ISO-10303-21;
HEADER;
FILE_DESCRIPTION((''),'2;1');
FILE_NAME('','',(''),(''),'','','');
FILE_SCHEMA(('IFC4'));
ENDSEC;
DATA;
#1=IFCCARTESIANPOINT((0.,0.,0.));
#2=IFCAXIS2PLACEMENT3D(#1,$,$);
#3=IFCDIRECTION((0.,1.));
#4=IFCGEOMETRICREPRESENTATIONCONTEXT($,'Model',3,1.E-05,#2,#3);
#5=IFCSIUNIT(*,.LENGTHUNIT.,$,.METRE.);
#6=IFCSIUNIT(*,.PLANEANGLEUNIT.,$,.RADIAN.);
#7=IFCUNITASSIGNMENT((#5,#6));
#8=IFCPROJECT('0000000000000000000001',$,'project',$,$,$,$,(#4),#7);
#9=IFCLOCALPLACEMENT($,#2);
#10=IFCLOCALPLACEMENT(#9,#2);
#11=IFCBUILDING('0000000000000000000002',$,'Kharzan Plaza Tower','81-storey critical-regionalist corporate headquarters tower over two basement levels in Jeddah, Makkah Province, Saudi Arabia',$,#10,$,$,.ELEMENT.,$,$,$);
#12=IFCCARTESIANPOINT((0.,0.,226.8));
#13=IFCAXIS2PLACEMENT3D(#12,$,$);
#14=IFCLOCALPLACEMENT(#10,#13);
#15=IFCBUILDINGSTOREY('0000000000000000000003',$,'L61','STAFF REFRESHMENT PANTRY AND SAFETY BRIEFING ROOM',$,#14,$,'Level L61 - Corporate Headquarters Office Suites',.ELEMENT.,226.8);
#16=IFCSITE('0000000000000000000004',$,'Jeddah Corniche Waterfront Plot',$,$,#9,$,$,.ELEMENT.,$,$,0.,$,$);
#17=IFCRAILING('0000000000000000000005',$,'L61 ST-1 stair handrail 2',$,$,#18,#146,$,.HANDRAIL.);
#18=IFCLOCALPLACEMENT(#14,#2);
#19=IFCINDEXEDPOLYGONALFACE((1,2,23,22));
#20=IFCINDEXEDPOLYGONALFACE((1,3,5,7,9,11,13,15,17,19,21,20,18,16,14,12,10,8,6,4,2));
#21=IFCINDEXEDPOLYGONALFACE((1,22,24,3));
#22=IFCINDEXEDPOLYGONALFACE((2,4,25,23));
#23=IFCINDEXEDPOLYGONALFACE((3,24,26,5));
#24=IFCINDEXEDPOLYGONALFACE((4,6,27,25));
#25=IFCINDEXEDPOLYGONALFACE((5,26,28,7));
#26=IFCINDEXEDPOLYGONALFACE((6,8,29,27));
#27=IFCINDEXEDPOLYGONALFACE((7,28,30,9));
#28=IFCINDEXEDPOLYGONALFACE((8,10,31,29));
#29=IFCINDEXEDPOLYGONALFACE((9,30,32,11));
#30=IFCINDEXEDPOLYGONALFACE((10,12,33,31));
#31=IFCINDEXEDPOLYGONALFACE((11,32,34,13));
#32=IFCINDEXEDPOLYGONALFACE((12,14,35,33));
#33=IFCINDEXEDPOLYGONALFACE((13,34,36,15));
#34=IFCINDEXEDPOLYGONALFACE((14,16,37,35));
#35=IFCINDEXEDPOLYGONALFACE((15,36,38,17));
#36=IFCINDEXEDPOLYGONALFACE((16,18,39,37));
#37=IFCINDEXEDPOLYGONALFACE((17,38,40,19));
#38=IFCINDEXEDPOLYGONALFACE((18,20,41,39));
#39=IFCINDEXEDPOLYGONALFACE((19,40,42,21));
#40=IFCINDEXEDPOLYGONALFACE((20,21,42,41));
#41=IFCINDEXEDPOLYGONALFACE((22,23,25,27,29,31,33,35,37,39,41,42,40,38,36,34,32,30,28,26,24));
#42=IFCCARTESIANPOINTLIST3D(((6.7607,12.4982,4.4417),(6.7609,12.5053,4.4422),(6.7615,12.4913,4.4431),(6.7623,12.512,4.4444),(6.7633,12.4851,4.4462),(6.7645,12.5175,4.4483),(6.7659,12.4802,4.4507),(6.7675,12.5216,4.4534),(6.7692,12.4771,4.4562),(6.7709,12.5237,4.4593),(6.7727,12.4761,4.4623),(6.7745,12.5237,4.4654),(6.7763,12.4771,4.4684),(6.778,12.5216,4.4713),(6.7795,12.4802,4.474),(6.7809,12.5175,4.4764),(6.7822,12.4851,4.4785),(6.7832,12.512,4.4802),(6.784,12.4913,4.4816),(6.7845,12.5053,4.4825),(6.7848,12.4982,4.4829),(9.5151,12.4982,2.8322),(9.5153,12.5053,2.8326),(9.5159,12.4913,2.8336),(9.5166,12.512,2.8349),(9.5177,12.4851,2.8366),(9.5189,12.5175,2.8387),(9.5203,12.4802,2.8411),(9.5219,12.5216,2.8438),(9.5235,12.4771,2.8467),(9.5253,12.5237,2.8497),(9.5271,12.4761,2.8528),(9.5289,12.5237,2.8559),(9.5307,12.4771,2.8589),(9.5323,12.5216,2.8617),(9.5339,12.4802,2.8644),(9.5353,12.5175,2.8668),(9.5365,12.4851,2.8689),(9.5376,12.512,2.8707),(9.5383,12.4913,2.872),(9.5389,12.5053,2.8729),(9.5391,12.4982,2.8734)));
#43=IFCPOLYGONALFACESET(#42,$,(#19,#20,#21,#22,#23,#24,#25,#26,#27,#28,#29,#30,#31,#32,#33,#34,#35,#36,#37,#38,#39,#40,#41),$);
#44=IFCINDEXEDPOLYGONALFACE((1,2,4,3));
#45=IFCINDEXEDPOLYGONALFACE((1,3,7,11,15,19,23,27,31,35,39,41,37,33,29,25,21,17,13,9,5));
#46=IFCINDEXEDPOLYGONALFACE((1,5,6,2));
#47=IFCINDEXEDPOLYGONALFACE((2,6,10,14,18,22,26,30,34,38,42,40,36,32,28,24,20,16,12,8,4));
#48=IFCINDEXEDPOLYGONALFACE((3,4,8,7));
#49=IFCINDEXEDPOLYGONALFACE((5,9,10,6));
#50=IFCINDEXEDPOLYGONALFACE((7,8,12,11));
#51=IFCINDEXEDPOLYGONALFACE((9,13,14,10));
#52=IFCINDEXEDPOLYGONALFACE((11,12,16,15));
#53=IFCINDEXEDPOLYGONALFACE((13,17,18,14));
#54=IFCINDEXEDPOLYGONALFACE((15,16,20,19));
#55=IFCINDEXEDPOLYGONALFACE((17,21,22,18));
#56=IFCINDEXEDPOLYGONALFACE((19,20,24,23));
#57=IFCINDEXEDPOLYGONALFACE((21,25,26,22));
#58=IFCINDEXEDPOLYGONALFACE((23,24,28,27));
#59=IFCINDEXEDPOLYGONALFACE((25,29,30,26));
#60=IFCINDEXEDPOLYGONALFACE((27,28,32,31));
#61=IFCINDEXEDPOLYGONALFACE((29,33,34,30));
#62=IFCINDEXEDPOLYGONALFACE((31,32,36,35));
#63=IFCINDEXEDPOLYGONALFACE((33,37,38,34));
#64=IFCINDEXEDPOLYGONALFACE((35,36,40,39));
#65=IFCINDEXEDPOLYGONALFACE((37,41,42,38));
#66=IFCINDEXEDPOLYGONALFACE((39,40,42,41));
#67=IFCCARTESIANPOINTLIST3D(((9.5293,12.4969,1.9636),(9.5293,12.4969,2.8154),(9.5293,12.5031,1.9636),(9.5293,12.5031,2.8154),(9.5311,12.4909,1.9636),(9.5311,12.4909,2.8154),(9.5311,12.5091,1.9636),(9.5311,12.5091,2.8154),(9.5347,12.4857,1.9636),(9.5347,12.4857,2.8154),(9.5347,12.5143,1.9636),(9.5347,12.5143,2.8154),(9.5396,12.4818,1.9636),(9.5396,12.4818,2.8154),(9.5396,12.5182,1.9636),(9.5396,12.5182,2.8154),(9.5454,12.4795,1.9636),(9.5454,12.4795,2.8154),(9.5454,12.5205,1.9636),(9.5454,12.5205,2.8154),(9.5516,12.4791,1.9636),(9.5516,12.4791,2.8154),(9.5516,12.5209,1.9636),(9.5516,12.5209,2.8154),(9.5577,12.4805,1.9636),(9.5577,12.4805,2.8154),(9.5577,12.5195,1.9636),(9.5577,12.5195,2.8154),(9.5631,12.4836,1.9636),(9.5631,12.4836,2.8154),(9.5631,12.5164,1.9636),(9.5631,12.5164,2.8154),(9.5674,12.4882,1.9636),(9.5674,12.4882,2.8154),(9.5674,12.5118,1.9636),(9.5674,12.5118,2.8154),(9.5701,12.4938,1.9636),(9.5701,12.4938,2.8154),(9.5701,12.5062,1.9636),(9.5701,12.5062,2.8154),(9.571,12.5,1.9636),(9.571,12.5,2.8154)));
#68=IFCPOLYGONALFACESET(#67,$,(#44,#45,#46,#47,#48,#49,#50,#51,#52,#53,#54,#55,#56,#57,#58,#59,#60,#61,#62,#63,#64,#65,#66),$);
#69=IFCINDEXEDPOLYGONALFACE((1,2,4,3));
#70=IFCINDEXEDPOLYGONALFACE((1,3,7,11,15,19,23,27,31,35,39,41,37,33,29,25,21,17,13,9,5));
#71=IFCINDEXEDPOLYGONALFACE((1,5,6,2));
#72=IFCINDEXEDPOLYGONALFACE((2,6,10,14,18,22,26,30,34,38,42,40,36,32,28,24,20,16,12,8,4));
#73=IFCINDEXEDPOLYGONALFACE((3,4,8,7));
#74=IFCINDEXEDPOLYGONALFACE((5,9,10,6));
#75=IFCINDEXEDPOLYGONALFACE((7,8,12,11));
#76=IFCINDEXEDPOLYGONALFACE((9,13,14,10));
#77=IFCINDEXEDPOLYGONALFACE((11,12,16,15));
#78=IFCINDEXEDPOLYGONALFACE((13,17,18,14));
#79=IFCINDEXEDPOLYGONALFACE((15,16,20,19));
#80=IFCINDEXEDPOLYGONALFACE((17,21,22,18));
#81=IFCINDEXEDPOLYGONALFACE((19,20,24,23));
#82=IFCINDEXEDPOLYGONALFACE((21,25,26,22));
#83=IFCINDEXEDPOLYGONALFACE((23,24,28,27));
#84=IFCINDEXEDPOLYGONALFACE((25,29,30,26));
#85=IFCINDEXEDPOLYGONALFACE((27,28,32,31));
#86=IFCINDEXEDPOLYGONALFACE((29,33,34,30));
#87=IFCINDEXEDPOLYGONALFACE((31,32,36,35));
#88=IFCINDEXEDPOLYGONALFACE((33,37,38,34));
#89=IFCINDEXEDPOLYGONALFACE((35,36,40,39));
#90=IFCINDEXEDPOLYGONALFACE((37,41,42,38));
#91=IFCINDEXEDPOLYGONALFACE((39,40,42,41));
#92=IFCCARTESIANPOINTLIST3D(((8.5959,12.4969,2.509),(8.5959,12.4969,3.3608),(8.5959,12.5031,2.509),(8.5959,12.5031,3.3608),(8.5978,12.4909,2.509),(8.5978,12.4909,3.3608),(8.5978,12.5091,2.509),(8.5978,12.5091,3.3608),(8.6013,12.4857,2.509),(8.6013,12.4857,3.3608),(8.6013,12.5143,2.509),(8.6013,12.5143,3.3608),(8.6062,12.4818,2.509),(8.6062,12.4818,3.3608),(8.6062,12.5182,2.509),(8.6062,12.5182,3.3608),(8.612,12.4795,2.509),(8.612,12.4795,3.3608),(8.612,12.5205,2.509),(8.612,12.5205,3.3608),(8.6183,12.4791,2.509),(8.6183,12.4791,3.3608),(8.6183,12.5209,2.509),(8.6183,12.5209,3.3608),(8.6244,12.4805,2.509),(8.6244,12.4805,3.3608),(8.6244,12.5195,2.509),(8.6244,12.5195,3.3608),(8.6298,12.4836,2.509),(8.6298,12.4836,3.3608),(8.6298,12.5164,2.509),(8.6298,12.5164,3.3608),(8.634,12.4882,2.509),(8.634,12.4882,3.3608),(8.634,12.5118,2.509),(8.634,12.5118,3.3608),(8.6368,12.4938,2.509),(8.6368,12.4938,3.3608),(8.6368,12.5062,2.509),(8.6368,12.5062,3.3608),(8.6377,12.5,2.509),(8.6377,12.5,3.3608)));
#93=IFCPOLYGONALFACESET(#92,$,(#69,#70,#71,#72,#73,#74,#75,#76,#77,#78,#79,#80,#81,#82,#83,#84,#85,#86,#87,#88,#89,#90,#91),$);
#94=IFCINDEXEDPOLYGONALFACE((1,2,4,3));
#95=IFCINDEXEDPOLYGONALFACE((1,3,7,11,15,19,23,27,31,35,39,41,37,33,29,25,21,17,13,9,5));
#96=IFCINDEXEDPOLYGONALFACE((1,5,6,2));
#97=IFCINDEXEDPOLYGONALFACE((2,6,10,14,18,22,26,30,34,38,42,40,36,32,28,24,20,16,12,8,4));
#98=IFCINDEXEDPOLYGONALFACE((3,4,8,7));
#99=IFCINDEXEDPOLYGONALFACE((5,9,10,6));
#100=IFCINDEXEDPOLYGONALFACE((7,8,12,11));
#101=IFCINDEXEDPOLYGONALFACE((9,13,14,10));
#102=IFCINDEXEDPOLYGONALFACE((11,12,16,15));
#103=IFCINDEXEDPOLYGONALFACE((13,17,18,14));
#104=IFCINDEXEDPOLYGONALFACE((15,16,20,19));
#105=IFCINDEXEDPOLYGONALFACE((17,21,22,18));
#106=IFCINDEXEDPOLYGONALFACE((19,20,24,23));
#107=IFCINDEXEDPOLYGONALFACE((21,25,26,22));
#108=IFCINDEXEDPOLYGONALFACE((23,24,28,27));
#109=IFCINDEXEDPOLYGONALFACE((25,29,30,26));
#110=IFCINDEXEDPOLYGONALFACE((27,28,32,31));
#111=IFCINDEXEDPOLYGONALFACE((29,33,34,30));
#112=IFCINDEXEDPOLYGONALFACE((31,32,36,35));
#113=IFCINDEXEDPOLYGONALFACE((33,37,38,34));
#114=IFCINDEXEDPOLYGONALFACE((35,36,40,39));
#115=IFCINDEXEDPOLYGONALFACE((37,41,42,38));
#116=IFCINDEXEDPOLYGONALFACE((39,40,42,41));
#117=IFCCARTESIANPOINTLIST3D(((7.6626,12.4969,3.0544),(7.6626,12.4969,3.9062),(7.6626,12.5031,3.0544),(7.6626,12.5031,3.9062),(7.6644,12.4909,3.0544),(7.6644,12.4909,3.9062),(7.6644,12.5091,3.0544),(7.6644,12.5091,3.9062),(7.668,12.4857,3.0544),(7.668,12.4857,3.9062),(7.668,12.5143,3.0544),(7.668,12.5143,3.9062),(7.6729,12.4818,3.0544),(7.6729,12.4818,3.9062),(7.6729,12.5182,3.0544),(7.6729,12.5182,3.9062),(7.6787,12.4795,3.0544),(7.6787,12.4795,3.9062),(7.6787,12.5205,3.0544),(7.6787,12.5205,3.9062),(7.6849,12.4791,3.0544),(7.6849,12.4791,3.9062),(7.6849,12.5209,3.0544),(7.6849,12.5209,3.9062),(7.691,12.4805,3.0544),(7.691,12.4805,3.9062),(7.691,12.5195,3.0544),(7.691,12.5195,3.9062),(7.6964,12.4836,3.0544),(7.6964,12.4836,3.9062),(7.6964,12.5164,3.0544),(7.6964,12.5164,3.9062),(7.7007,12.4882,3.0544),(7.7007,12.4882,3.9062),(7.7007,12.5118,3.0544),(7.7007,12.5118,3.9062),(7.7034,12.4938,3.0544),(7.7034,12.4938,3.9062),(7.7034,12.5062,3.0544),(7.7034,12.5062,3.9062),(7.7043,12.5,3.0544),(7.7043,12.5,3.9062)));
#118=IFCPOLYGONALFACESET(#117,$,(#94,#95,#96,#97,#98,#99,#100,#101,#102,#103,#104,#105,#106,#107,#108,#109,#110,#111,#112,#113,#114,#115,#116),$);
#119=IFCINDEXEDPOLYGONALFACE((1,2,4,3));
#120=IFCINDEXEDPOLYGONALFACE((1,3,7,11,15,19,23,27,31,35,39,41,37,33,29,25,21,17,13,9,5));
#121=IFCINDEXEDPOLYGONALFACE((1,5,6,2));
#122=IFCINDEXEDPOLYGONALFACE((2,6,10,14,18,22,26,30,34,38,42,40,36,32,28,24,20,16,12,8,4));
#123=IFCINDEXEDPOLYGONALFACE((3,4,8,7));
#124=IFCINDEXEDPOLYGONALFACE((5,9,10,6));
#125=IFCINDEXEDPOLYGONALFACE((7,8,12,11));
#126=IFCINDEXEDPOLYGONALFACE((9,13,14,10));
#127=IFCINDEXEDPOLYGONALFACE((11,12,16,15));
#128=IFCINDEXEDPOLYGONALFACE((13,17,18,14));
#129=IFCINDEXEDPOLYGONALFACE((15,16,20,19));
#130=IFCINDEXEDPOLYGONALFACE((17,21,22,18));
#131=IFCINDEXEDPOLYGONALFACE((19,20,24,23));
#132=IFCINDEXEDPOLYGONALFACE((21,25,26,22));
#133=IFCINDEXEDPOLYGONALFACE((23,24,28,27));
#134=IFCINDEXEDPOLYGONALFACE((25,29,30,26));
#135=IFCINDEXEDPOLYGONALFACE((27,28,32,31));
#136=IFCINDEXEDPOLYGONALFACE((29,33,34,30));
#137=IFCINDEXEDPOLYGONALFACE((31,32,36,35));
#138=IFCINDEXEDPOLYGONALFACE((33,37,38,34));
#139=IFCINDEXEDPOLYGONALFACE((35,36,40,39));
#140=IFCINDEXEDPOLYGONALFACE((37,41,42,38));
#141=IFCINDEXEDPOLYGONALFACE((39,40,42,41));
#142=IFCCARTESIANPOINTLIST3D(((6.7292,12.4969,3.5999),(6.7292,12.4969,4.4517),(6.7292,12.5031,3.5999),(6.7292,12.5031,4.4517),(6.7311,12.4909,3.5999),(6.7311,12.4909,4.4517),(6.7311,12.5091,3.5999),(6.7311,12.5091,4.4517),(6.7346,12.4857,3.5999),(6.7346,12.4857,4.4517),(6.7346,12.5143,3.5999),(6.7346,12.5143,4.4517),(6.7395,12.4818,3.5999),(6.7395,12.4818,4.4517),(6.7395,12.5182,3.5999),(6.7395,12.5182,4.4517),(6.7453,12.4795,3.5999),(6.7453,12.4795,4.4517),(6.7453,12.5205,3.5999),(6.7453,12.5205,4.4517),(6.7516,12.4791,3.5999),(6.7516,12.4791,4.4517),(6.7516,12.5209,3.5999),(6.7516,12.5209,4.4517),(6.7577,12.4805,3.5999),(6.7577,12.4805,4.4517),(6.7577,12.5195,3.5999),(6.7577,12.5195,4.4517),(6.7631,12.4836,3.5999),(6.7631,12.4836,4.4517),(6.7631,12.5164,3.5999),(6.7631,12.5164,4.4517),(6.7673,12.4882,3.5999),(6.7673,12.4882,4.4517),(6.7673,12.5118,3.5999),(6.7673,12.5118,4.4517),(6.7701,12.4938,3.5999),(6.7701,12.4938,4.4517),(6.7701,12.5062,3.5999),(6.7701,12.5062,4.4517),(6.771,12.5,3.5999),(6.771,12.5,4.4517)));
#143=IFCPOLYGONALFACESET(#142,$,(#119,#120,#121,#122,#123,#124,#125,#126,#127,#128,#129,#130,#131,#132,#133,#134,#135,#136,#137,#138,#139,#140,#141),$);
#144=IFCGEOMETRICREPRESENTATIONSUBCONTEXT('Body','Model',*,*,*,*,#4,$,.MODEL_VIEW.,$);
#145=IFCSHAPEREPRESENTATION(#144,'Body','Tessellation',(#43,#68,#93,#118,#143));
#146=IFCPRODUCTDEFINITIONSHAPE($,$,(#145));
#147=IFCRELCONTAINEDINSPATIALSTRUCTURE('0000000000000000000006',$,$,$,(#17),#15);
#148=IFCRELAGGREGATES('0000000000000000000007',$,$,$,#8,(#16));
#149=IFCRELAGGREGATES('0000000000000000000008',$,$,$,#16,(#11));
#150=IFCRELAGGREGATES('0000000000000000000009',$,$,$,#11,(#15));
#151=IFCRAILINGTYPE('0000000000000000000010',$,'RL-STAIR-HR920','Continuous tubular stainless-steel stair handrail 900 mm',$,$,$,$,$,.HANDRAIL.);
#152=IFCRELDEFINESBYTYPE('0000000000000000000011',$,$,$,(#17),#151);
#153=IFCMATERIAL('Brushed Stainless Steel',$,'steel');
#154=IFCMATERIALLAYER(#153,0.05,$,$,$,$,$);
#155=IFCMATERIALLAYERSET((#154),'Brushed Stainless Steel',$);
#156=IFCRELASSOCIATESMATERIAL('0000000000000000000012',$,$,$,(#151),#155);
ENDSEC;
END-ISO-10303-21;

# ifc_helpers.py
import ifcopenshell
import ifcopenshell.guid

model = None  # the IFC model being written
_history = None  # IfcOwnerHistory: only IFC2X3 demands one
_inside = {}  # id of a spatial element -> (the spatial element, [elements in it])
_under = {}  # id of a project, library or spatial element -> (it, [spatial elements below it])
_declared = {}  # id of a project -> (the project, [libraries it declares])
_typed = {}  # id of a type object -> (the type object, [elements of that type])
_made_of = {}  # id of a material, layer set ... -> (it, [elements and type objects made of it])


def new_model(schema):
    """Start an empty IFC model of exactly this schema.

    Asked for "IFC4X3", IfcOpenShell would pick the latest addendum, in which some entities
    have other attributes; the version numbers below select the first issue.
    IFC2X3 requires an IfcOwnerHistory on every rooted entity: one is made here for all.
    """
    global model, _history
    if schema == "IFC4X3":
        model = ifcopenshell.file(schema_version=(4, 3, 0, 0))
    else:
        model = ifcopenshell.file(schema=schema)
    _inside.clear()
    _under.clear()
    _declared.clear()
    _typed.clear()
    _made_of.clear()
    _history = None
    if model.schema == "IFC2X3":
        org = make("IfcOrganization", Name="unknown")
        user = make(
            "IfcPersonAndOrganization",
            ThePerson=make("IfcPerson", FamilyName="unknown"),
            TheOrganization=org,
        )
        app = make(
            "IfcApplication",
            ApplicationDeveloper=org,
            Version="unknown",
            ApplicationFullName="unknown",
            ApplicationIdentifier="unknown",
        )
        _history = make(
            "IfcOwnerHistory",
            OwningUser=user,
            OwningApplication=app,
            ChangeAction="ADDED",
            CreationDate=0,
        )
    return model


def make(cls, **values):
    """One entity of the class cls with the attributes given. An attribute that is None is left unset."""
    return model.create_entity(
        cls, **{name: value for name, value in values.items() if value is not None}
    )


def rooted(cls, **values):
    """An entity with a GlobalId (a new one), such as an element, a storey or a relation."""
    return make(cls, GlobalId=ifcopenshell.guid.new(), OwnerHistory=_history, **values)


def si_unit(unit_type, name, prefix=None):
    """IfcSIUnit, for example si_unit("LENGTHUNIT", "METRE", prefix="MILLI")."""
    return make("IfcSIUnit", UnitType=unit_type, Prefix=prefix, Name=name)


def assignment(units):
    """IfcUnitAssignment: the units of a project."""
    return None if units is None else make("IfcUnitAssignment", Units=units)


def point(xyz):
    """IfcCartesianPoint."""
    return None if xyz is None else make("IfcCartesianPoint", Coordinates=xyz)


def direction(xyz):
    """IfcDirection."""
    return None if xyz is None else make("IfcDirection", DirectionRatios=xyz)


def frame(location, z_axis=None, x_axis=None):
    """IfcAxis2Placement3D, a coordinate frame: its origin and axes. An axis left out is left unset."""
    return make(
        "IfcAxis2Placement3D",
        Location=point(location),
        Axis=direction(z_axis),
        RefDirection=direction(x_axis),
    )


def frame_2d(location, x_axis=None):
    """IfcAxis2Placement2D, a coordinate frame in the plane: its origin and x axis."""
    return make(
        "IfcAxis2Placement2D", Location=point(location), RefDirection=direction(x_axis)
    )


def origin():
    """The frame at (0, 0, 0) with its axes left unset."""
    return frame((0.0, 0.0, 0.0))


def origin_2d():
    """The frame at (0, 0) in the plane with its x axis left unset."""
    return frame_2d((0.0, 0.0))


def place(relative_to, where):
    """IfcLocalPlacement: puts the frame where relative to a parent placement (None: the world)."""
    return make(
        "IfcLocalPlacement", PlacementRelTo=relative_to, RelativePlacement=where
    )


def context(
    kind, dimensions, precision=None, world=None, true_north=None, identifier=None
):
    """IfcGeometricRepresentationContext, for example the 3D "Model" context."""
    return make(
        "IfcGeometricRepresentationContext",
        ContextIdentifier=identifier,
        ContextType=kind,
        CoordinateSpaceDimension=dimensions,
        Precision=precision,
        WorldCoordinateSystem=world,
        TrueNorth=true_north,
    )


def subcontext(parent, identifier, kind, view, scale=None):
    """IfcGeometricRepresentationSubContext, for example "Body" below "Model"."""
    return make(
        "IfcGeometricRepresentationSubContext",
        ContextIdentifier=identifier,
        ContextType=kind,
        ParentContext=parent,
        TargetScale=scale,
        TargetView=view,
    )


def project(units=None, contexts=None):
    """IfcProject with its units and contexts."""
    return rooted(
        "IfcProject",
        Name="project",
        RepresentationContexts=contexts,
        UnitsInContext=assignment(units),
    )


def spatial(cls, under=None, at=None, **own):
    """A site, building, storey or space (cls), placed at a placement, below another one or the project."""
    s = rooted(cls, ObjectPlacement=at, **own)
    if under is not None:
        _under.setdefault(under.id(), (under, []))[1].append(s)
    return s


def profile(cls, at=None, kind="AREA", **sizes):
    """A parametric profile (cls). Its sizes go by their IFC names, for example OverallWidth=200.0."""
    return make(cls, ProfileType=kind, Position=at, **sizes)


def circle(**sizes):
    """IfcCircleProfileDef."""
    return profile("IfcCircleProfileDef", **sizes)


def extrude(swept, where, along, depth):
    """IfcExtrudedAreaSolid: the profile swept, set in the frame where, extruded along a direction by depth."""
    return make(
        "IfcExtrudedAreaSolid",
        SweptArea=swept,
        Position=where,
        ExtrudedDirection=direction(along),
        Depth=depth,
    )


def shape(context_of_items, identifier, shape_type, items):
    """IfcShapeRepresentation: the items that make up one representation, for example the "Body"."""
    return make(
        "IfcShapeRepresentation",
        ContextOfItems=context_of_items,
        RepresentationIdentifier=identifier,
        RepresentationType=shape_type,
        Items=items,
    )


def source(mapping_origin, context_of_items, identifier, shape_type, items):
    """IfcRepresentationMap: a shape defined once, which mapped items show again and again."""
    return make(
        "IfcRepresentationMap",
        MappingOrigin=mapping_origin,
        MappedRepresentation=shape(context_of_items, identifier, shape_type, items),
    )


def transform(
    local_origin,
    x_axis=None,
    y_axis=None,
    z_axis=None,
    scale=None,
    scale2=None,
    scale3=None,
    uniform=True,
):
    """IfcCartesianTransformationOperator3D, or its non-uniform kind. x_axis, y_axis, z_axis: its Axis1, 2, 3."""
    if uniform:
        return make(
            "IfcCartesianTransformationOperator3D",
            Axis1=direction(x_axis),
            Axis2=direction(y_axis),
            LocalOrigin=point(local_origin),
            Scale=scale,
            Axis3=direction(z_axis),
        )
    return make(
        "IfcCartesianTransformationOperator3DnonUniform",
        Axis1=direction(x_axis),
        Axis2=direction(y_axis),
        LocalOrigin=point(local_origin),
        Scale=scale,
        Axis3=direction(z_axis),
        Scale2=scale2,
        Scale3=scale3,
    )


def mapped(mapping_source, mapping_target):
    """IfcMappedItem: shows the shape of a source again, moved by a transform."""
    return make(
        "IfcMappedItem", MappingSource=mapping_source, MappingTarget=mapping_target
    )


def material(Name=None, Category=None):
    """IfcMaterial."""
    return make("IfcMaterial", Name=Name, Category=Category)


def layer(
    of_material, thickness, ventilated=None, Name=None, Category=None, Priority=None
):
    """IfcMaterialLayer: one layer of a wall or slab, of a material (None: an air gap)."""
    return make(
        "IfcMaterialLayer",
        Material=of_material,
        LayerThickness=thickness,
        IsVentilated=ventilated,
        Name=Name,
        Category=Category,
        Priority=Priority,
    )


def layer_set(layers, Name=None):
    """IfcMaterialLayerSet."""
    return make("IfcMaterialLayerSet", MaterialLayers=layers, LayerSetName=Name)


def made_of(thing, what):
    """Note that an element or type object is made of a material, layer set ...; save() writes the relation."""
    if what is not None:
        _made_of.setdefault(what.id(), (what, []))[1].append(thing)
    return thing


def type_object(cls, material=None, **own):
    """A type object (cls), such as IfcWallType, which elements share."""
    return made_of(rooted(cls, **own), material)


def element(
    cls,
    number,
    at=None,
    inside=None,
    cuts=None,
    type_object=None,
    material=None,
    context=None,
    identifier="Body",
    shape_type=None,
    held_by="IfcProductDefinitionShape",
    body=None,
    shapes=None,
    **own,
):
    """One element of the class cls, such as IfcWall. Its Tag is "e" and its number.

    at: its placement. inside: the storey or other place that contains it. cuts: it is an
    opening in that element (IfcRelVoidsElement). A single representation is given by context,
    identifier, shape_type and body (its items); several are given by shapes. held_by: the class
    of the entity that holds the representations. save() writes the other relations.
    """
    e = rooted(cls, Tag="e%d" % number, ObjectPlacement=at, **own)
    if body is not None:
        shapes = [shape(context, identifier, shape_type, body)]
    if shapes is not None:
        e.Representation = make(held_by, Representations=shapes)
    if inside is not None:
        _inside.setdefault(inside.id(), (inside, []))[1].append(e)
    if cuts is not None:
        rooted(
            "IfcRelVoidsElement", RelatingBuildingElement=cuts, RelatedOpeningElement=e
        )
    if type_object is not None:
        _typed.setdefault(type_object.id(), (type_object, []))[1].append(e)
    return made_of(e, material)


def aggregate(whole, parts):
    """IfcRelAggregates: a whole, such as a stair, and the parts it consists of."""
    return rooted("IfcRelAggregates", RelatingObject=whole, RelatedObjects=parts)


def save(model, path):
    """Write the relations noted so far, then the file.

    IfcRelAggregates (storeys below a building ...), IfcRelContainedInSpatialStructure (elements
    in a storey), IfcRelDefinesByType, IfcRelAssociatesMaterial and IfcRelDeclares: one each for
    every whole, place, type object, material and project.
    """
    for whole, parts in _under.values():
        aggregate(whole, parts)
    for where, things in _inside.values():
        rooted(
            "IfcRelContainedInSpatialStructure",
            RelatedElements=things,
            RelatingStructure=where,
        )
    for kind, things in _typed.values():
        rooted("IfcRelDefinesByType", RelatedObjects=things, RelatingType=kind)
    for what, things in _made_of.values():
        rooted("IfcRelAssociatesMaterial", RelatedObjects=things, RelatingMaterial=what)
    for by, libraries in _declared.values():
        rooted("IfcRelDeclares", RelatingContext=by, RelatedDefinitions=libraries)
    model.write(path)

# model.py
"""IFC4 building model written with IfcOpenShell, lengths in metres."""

from ifc_helpers import new_model, si_unit, direction, frame, origin, origin_2d, place, context, subcontext, project, spatial, circle, extrude, source, transform, mapped, material, layer, layer_set, type_object, element, save


model = new_model("IFC4")

# Units and contexts
model_context = context("Model", 3, precision=1e-05, world=origin(), true_north=direction((0.0, 1.0)))
body_context = subcontext(model_context, "Body", "Model", "MODEL_VIEW")
ifc_project = project(units=[si_unit("LENGTHUNIT", "METRE"), si_unit("PLANEANGLEUNIT", "RADIAN")], contexts=[model_context])

# Site, building, storey
site_placement = place(None, origin())
site = spatial("IfcSite", under=ifc_project, at=site_placement, Name="Jeddah Corniche Waterfront Plot", CompositionType="ELEMENT", RefElevation=0.0)
building_placement = place(site_placement, origin())
building = spatial("IfcBuilding", under=site, at=building_placement, Name="Kharzan Plaza Tower", Description="81-storey critical-regionalist corporate headquarters tower over two basement levels in Jeddah, Makkah Province, Saudi Arabia", CompositionType="ELEMENT")
storey_placement = place(building_placement, frame((0.0, 0.0, 226.8)))
storey = spatial("IfcBuildingStorey", under=building, at=storey_placement, Name="L61", Description="STAFF REFRESHMENT PANTRY AND SAFETY BRIEFING ROOM", LongName="Level L61 - Corporate Headquarters Office Suites", CompositionType="ELEMENT", Elevation=226.8)

# Shared definitions
ifc_material_1 = material(Name="Brushed Stainless Steel", Category="steel")

# Railing
ifc_layer_1 = layer(ifc_material_1, 0.05)
ifc_layer_set_1 = layer_set([ifc_layer_1], Name="Brushed Stainless Steel")
railing_type_1 = type_object("IfcRailingType", Name="RL-STAIR-HR920", Description="Continuous tubular stainless-steel stair handrail 900 mm", PredefinedType="HANDRAIL", material=ifc_layer_set_1)
shared_shape_1 = source(origin(), body_context, "Body", "SweptSolid", [
    extrude(circle(Radius=0.0239, at=origin_2d()), frame((-0.0229, 0.0, 0.8892), z_axis=(-0.863394, 0.0, 0.504531), x_axis=(0.0, -1.0, 0.0)), (0.0, 0.0, 1.0), 3.1902),
    extrude(circle(Radius=0.021, at=origin_2d()), origin(), (0.0, 0.0, 1.0), 0.8518),
    extrude(circle(Radius=0.021, at=origin_2d()), frame((-0.9333, 0.0, 0.5454)), (0.0, 0.0, 1.0), 0.8518),
    extrude(circle(Radius=0.021, at=origin_2d()), frame((-1.8667, 0.0, 1.0908)), (0.0, 0.0, 1.0), 0.8518),
    extrude(circle(Radius=0.021, at=origin_2d()), frame((-2.8, 0.0, 1.6362)), (0.0, 0.0, 1.0), 0.8518),
])
railing_1_placement = place(storey_placement, frame((9.55, 12.5, 1.9636)))
element("IfcRailing", 1, at=railing_1_placement, inside=storey, type_object=railing_type_1, Name="L61 ST-1 stair handrail 2", PredefinedType="HANDRAIL", context=body_context, shape_type="MappedRepresentation", body=[
    mapped(shared_shape_1, transform((0.0, 0.0, 0.0), x_axis=(1.0, 0.0, 0.0), y_axis=(0.0, 1.0, 0.0), z_axis=(0.0, 0.0, 1.0))),
])

save(model, "model.ifc")
